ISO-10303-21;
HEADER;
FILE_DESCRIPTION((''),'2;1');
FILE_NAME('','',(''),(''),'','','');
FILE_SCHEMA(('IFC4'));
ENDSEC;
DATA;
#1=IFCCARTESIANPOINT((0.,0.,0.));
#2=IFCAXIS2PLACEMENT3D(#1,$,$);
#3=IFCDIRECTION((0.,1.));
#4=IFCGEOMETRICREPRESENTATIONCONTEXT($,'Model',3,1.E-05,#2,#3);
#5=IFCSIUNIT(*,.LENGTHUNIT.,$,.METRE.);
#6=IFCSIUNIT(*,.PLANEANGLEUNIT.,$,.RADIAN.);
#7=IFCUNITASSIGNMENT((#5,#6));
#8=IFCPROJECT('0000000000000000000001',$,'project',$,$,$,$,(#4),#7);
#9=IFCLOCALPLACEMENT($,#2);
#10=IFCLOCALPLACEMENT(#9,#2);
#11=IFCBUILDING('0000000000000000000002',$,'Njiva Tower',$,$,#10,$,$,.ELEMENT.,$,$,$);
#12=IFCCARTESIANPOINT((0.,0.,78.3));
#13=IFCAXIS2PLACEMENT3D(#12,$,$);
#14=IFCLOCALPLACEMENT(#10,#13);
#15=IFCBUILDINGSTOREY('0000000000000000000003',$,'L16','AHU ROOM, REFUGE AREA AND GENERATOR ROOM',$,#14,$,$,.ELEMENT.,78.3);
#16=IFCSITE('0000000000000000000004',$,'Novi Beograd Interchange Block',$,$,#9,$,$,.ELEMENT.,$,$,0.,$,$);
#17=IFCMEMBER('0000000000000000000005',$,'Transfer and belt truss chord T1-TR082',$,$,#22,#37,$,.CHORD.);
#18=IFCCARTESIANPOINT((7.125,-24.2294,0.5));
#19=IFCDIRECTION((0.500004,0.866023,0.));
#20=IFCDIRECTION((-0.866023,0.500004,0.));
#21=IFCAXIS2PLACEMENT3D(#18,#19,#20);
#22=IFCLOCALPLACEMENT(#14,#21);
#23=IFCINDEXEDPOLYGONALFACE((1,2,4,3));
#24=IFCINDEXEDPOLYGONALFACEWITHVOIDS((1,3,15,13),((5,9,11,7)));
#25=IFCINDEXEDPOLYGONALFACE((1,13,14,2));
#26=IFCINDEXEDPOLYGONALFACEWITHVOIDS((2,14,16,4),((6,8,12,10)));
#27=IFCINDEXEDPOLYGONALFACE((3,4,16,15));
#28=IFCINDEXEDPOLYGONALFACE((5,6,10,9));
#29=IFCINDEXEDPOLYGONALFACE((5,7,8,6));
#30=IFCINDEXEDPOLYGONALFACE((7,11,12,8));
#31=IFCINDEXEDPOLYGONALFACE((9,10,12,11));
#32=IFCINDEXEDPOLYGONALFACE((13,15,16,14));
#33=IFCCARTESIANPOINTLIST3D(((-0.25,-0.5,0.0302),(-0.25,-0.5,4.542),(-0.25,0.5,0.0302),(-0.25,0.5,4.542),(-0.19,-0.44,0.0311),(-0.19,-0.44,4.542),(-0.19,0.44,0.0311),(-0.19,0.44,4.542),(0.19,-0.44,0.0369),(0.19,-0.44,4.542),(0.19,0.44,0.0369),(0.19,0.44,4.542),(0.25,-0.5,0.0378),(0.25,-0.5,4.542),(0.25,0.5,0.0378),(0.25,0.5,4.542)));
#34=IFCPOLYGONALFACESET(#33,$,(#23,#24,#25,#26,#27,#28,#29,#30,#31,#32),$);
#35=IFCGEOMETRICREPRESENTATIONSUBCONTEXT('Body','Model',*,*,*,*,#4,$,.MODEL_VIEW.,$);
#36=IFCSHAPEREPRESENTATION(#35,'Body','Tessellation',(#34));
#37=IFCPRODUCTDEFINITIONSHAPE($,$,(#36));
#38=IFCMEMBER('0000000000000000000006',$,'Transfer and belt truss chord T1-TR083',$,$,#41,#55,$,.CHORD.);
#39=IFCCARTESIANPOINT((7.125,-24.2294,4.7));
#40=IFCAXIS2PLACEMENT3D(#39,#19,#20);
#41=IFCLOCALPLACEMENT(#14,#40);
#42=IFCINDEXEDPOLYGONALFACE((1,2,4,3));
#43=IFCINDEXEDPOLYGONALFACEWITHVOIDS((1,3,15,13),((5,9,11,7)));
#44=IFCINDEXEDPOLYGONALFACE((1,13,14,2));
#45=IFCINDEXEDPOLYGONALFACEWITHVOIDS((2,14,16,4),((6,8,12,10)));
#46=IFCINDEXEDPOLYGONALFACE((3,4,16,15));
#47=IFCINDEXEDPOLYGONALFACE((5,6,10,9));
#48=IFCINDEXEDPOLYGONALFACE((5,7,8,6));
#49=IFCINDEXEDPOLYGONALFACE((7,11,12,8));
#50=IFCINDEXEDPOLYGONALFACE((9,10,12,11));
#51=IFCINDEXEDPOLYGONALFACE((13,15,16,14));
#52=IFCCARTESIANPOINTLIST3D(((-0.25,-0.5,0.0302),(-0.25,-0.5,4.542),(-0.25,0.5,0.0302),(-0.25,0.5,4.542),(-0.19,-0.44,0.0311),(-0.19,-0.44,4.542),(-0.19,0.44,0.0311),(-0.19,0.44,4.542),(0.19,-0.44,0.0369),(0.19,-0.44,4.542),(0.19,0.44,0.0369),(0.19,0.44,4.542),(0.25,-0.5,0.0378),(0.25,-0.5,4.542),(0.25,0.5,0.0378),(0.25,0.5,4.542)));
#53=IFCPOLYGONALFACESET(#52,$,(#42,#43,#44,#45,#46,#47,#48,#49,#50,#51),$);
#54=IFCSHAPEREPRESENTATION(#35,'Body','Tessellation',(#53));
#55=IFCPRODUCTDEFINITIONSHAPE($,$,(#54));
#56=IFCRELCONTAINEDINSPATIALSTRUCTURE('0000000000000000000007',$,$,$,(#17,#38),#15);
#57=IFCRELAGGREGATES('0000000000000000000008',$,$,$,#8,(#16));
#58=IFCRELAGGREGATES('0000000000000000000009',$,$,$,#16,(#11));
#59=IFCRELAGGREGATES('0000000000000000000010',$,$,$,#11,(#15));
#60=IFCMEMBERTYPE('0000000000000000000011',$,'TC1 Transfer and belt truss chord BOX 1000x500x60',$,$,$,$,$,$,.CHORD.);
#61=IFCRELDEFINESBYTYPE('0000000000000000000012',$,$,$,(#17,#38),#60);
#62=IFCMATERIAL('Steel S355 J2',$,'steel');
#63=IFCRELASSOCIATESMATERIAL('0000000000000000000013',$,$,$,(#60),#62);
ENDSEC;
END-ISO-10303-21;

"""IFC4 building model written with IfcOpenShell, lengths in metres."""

from ifc_helpers import new_model, si_unit, direction, frame, origin, origin_2d, place, context, subcontext, project, spatial, hollow_rectangle, extrude, clip, halfspace, material, material_profile, profile_set, type_object, element, save


model = new_model("IFC4")

# Units and contexts
model_context = context("Model", 3, precision=1e-05, world=origin(), true_north=direction((0.0, 1.0)))
body_context = subcontext(model_context, "Body", "Model", "MODEL_VIEW")
ifc_project = project(units=[si_unit("LENGTHUNIT", "METRE"), si_unit("PLANEANGLEUNIT", "RADIAN")], contexts=[model_context])

# Site, building, storey
site_placement = place(None, origin())
site = spatial("IfcSite", under=ifc_project, at=site_placement, Name="Novi Beograd Interchange Block", CompositionType="ELEMENT", RefElevation=0.0)
building_placement = place(site_placement, origin())
building = spatial("IfcBuilding", under=site, at=building_placement, Name="Njiva Tower", CompositionType="ELEMENT")
storey_placement = place(building_placement, frame((0.0, 0.0, 78.3)))
storey = spatial("IfcBuildingStorey", under=building, at=storey_placement, Name="L16", Description="AHU ROOM, REFUGE AREA AND GENERATOR ROOM", CompositionType="ELEMENT", Elevation=78.3)

# Shared definitions
ifc_material_1 = material(Name="Steel S355 J2", Category="steel")

# Members
ifc_material_profile_1 = material_profile(ifc_material_1, hollow_rectangle(XDim=0.5, YDim=1.0, WallThickness=0.06, at=origin_2d()), Name="BOX 1000x500x60")
ifc_profile_set_1 = profile_set([ifc_material_profile_1], Name="Steel S355 J2")
member_type_1 = type_object("IfcMemberType", Name="TC1 Transfer and belt truss chord BOX 1000x500x60", PredefinedType="CHORD", material=ifc_profile_set_1)
member_1_placement = place(storey_placement, frame((7.125, -24.2294, 0.5), z_axis=(0.500004, 0.866023, 0.0), x_axis=(-0.866023, 0.500004, 0.0)))
element("IfcMember", 1, at=member_1_placement, inside=storey, type_object=member_type_1, Name="Transfer and belt truss chord T1-TR082", PredefinedType="CHORD", context=body_context, shape_type="Clipping", body=[
    clip(extrude(hollow_rectangle(XDim=0.5, YDim=1.0, WallThickness=0.06, at=origin_2d()), origin(), (0.0, 0.0, 1.0), 4.542), halfspace(frame((0.0, -78.8, 0.034), z_axis=(0.015027, 0.0, -0.999887), x_axis=(0.0, -1.0, 0.0)), False)),
])
member_2_placement = place(storey_placement, frame((7.125, -24.2294, 4.7), z_axis=(0.500004, 0.866023, 0.0), x_axis=(-0.866023, 0.500004, 0.0)))
element("IfcMember", 2, at=member_2_placement, inside=storey, type_object=member_type_1, Name="Transfer and belt truss chord T1-TR083", PredefinedType="CHORD", context=body_context, shape_type="Clipping", body=[
    clip(extrude(hollow_rectangle(XDim=0.5, YDim=1.0, WallThickness=0.06, at=origin_2d()), origin(), (0.0, 0.0, 1.0), 4.542), halfspace(frame((0.0, -83.0, 0.034), z_axis=(0.015027, 0.0, -0.999887), x_axis=(0.0, -1.0, 0.0)), False)),
])

save(model, "model.ifc")
